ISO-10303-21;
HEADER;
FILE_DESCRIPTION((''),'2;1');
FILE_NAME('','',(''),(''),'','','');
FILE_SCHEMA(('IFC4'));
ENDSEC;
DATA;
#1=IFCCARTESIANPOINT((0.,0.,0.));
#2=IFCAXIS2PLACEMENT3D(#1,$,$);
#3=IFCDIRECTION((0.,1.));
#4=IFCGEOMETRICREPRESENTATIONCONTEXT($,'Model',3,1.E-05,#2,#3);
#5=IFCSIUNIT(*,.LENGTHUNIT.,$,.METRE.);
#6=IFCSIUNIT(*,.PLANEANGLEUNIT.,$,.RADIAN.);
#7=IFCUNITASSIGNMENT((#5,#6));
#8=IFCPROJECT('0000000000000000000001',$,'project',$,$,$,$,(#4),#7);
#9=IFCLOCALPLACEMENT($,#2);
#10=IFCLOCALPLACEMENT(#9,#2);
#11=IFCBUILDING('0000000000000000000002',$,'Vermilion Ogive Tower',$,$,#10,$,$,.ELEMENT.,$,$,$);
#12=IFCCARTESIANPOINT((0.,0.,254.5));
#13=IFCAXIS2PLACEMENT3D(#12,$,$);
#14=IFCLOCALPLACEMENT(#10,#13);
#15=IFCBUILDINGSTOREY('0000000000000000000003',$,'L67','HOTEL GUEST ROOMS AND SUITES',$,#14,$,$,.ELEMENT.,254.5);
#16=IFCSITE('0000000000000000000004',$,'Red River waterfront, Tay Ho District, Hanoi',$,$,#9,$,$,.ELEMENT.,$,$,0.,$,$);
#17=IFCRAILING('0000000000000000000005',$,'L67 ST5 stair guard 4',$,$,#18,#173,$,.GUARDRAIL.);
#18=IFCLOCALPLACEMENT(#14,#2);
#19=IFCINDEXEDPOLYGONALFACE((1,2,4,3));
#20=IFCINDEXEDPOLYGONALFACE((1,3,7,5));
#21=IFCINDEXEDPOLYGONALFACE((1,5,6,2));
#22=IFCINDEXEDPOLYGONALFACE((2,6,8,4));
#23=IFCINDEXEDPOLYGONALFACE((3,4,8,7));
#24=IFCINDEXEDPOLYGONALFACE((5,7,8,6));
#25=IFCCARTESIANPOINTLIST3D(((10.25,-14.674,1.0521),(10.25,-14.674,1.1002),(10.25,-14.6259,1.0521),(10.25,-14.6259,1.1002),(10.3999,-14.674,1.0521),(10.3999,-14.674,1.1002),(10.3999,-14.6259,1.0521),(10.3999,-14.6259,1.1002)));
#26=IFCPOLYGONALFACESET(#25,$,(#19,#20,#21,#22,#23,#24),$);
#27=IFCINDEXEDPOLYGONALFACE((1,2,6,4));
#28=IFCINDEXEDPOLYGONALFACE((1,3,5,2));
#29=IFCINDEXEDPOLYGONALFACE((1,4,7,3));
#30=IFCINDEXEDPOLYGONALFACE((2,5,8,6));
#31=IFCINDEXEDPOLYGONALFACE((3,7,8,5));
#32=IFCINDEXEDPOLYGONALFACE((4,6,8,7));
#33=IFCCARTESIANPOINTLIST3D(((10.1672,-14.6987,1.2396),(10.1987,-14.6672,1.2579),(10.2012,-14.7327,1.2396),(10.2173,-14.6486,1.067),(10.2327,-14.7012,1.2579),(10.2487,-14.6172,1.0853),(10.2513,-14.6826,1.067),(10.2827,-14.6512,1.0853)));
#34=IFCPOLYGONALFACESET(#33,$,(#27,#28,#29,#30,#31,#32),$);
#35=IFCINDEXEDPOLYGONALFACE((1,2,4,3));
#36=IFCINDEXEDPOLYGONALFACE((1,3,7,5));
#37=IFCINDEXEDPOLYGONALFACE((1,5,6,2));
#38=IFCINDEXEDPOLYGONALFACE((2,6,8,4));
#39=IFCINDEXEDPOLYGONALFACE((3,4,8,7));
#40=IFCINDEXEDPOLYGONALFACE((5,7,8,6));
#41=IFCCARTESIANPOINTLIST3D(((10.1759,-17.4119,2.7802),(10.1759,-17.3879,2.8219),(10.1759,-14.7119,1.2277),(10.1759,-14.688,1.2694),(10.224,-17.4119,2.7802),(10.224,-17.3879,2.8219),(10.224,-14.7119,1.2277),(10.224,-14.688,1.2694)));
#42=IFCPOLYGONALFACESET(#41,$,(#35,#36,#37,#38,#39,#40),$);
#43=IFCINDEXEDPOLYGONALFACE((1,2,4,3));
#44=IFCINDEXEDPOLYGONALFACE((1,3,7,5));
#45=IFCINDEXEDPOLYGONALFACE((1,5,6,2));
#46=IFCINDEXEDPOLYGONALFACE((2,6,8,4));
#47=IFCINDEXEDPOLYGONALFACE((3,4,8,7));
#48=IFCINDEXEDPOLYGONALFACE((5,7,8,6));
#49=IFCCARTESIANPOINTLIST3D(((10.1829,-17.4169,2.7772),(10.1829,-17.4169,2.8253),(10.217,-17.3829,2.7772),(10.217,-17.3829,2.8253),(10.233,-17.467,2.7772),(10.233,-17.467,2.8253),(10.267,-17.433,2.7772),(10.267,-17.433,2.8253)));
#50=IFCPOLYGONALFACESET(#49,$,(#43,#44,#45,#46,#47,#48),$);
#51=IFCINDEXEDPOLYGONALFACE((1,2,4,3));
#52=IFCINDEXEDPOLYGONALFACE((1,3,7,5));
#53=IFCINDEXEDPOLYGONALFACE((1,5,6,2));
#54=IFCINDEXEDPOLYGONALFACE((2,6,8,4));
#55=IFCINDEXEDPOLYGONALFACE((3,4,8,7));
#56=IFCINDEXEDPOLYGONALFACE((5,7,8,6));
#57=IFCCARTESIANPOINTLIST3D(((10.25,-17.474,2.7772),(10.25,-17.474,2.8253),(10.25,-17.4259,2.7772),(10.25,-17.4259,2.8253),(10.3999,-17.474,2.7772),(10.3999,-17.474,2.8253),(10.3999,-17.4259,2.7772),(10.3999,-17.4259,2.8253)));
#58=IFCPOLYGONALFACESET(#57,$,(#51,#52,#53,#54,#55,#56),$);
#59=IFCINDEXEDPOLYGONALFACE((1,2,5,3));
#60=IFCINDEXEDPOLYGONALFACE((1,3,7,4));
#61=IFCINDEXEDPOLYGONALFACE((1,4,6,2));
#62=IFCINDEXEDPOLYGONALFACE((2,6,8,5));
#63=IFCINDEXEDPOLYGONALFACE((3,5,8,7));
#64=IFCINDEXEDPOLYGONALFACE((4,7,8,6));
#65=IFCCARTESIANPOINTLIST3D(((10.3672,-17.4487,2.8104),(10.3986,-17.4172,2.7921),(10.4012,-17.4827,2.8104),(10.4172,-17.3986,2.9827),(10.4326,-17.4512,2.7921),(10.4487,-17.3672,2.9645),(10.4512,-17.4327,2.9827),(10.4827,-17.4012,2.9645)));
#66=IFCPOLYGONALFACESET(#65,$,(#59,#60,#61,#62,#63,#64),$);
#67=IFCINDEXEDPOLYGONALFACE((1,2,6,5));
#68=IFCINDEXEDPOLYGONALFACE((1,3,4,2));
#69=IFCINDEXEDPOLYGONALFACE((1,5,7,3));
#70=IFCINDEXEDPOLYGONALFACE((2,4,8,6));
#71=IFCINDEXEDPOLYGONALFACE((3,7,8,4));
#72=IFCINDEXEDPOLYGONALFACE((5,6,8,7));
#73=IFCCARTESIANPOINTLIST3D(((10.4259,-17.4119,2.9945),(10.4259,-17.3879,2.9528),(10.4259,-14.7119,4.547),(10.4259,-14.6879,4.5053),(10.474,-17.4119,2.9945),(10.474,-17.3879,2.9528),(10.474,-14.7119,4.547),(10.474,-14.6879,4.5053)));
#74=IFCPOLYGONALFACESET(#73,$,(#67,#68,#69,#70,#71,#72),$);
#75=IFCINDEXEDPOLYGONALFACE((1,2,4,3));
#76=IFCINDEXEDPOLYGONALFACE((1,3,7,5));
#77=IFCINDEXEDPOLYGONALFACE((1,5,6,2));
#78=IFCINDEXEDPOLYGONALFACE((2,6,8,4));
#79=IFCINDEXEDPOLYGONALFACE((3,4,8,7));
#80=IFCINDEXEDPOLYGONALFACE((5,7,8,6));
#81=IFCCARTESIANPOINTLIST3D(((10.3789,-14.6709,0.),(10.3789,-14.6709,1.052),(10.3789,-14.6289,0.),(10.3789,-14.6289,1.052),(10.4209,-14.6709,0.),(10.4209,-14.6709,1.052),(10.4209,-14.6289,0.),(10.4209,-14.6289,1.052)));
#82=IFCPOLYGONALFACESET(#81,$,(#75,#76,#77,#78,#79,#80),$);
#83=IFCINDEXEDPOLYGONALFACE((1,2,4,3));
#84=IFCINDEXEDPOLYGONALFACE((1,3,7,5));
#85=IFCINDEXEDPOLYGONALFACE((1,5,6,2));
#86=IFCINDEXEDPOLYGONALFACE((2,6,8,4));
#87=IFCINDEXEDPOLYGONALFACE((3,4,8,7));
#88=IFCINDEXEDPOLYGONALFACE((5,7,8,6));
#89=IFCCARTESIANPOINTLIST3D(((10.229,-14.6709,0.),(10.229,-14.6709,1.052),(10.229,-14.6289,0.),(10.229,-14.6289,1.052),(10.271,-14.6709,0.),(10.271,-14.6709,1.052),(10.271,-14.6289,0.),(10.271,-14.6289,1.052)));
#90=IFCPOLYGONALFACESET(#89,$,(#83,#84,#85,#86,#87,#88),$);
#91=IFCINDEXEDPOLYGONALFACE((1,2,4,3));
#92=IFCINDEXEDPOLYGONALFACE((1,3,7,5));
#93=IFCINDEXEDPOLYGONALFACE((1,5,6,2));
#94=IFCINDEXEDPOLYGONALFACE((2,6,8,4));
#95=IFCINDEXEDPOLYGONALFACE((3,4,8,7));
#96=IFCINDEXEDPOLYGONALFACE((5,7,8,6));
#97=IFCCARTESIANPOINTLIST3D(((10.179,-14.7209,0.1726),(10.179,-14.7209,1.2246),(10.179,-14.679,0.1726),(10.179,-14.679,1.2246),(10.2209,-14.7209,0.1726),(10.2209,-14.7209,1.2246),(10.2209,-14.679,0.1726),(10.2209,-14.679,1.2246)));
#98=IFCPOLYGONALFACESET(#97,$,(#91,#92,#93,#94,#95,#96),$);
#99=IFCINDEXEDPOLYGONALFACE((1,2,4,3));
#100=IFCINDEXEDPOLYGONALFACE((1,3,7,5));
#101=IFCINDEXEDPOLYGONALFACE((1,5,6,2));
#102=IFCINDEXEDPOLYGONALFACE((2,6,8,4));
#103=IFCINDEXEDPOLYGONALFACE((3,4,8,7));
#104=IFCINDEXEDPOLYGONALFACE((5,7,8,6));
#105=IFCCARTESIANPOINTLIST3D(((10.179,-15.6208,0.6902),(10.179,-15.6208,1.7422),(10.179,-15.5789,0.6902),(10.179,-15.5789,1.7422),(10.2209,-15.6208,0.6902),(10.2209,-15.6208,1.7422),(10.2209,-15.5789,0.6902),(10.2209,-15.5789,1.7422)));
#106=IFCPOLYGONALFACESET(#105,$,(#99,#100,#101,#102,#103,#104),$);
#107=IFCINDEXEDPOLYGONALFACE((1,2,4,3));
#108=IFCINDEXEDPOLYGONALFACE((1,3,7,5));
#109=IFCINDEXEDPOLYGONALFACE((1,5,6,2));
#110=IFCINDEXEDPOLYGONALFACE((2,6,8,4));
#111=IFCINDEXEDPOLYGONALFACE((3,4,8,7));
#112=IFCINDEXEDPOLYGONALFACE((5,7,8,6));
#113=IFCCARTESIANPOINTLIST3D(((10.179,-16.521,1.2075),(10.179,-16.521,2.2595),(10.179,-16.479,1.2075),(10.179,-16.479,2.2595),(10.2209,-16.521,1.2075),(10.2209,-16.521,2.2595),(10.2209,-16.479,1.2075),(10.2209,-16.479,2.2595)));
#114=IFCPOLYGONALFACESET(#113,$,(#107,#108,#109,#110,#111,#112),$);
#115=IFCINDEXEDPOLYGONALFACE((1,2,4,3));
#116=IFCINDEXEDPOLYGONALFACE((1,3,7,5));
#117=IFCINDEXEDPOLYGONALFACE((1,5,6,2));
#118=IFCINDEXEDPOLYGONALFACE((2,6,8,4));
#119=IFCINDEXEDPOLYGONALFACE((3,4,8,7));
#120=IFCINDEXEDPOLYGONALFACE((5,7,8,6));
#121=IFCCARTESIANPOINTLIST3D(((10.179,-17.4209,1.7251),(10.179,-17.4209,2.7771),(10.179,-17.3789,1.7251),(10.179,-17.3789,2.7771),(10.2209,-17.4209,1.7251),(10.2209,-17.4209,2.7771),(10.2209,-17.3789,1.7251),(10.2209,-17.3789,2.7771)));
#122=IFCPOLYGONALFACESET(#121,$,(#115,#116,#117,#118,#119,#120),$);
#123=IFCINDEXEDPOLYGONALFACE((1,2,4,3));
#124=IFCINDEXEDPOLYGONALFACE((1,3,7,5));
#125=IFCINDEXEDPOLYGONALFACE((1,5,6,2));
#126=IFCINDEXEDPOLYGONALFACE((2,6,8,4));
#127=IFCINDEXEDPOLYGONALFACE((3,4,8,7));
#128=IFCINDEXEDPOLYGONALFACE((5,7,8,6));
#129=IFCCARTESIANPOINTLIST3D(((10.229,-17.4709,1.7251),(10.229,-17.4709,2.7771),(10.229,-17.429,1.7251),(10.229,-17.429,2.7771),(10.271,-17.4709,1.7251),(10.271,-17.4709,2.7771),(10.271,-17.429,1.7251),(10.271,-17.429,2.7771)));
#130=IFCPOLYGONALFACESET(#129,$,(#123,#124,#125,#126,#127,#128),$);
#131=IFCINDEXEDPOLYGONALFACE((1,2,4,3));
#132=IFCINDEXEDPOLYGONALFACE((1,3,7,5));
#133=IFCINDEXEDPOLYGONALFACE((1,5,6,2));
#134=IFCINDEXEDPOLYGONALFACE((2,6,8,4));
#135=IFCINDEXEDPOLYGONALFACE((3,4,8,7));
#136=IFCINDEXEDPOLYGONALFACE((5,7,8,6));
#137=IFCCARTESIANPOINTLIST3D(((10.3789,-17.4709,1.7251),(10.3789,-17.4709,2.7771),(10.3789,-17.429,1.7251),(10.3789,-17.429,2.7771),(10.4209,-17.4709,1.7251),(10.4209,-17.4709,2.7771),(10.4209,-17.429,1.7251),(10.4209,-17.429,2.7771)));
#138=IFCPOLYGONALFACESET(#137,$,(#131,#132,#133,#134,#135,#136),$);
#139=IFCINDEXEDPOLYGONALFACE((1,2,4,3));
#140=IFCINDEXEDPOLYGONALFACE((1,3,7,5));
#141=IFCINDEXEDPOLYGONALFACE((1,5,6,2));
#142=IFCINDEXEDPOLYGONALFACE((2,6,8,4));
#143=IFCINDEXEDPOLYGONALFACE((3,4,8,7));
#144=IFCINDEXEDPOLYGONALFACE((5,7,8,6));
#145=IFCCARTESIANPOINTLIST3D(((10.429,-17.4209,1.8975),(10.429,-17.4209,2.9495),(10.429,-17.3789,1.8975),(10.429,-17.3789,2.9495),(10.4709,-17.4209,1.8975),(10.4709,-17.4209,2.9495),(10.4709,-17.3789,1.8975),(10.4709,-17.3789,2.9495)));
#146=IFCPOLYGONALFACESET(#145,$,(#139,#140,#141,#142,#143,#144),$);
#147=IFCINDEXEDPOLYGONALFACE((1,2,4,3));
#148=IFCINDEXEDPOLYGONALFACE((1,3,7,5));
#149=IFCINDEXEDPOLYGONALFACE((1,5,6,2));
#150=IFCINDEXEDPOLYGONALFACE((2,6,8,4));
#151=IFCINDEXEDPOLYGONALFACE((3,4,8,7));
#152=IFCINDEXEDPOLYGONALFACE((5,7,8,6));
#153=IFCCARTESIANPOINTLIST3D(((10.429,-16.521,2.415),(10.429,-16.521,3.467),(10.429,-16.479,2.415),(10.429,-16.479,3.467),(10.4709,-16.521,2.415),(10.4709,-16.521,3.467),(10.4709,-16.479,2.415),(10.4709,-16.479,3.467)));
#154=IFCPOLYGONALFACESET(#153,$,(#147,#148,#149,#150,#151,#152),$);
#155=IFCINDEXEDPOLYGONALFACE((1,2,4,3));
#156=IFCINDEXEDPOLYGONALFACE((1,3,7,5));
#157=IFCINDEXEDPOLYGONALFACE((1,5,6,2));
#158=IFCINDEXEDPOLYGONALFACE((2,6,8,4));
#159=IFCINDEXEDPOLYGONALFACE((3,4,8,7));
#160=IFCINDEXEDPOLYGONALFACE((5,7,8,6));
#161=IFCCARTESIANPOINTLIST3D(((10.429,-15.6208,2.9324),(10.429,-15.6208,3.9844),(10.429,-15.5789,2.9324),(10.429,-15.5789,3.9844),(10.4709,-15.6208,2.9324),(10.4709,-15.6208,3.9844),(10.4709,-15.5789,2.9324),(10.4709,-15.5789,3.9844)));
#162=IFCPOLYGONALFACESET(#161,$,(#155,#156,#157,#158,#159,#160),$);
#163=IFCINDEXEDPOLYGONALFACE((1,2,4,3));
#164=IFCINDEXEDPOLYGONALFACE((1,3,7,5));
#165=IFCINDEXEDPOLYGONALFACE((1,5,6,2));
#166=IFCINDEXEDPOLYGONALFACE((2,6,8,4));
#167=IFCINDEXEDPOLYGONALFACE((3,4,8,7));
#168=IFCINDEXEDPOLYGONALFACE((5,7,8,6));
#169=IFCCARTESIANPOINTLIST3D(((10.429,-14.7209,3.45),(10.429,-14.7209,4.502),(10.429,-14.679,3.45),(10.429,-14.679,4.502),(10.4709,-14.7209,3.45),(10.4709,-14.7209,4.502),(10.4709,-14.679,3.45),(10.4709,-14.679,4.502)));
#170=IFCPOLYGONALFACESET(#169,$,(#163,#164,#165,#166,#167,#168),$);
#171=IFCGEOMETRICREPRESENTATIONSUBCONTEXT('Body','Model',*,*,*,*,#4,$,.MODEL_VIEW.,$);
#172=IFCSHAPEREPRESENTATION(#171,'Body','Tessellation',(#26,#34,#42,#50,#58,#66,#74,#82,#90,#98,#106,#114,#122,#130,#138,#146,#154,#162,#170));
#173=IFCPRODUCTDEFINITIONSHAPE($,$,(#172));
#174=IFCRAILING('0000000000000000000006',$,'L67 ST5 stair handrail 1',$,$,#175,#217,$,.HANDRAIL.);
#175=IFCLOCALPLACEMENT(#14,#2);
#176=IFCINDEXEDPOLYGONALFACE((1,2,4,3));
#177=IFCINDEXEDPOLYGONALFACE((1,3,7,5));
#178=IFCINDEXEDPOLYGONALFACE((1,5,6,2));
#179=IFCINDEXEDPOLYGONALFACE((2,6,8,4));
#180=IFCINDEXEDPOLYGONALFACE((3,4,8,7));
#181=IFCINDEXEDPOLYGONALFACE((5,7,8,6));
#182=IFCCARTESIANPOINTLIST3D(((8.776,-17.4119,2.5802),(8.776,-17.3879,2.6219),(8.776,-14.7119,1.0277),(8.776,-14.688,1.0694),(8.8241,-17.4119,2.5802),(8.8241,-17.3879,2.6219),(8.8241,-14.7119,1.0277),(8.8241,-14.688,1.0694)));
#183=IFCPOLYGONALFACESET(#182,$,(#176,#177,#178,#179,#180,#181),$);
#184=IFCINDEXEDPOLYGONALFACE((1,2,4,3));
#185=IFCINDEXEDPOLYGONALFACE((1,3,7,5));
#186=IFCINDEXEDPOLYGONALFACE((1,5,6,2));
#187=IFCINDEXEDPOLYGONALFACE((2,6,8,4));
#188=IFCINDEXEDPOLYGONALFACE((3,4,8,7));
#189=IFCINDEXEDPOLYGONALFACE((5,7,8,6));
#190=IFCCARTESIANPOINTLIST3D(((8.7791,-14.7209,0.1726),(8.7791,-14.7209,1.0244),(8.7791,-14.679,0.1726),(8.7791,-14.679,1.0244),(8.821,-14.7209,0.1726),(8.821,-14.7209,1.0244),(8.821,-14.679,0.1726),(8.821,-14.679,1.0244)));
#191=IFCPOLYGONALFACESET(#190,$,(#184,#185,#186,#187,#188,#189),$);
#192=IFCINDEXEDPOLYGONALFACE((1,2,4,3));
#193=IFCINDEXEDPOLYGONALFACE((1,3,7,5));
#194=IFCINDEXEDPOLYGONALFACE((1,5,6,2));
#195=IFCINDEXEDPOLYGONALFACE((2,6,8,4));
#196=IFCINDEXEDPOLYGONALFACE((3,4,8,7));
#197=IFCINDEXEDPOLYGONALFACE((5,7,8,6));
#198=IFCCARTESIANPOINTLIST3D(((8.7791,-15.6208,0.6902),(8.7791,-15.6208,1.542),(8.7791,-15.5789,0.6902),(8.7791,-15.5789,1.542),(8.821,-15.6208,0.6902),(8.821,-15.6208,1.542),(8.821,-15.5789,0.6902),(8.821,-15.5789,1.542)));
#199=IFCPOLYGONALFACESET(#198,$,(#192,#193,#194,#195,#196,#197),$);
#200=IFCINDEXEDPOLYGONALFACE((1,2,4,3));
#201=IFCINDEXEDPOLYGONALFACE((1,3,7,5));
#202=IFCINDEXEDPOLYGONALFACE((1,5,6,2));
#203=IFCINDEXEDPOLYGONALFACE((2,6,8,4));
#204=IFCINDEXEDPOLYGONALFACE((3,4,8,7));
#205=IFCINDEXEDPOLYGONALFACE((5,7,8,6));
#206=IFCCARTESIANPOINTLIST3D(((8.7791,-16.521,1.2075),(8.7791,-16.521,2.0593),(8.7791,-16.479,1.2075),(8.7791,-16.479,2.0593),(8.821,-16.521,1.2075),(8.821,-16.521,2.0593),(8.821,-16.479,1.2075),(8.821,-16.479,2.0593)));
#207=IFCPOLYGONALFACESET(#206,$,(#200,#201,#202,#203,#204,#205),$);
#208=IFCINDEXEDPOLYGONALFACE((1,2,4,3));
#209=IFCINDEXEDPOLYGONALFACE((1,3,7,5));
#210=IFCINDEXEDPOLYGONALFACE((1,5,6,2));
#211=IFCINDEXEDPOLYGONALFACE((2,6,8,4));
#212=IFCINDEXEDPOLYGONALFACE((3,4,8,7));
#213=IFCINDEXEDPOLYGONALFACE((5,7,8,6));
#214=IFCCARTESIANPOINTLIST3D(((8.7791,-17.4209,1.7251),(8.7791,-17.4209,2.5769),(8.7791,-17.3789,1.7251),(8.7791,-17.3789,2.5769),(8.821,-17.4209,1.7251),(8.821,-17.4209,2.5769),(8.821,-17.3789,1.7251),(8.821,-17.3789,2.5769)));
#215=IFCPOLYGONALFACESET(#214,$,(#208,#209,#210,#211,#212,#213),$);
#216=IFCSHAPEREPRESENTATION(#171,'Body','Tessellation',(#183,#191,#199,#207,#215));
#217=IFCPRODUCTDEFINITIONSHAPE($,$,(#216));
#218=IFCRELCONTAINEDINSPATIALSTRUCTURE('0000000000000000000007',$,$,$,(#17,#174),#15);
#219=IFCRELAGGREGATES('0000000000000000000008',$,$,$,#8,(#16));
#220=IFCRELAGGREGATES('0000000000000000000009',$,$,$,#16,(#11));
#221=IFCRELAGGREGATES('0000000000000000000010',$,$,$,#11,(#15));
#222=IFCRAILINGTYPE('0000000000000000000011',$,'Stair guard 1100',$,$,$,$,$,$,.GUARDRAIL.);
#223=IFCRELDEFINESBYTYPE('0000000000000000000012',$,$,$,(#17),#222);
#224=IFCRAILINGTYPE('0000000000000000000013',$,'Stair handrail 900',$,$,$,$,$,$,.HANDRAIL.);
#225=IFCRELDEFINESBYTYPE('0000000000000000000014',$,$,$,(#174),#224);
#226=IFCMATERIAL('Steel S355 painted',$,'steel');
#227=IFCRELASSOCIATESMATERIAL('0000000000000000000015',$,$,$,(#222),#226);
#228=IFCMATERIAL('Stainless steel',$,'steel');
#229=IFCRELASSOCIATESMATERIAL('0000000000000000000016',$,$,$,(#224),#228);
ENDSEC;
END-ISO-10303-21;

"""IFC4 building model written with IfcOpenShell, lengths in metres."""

from ifc_helpers import new_model, si_unit, direction, frame, origin, origin_2d, place, context, subcontext, project, spatial, rectangle, extrude, material, type_object, element, save


model = new_model("IFC4")

# Units and contexts
model_context = context("Model", 3, precision=1e-05, world=origin(), true_north=direction((0.0, 1.0)))
body_context = subcontext(model_context, "Body", "Model", "MODEL_VIEW")
ifc_project = project(units=[si_unit("LENGTHUNIT", "METRE"), si_unit("PLANEANGLEUNIT", "RADIAN")], contexts=[model_context])

# Site, building, storey
site_placement = place(None, origin())
site = spatial("IfcSite", under=ifc_project, at=site_placement, Name="Red River waterfront, Tay Ho District, Hanoi", CompositionType="ELEMENT", RefElevation=0.0)
building_placement = place(site_placement, origin())
building = spatial("IfcBuilding", under=site, at=building_placement, Name="Vermilion Ogive Tower", CompositionType="ELEMENT")
storey_placement = place(building_placement, frame((0.0, 0.0, 254.5)))
storey = spatial("IfcBuildingStorey", under=building, at=storey_placement, Name="L67", Description="HOTEL GUEST ROOMS AND SUITES", CompositionType="ELEMENT", Elevation=254.5)

# Railings
ifc_material_1 = material(Name="Steel S355 painted", Category="steel")
railing_type_1 = type_object("IfcRailingType", Name="Stair guard 1100", PredefinedType="GUARDRAIL", material=ifc_material_1)
railing_1_placement = place(storey_placement, frame((10.3999, -14.6499, 0.0)))
element("IfcRailing", 1, at=railing_1_placement, inside=storey, type_object=railing_type_1, Name="L67 ST5 stair guard 4", PredefinedType="GUARDRAIL", context=body_context, shape_type="SweptSolid", body=[
    extrude(rectangle(XDim=0.0481, YDim=0.0481, at=origin_2d()), frame((0.0, 0.0, 1.0762), z_axis=(-1.0, 0.0, 0.0), x_axis=(0.0, -1.0, 0.0)), (0.0, 0.0, 1.0), 0.1499),
    extrude(rectangle(XDim=0.0481, YDim=0.0481, at=origin_2d()), frame((-0.1499, 0.0, 1.0762), z_axis=(-0.268278, -0.268278, 0.925232), x_axis=(0.707107, -0.707107, 0.0)), (0.0, 0.0, 1.0), 0.1865),
    extrude(rectangle(XDim=0.0481, YDim=0.0481, at=origin_2d()), frame((-0.2, -0.05, 1.2485), z_axis=(0.0, -0.866904, 0.498476), x_axis=(1.0, 0.0, 0.0)), (0.0, 0.0, 1.0), 3.1145),
    extrude(rectangle(XDim=0.0481, YDim=0.0481, at=origin_2d()), frame((-0.2, -2.75, 2.8013), z_axis=(0.707107, -0.707107, 0.0), x_axis=(0.707107, 0.707107, 0.0)), (0.0, 0.0, 1.0), 0.0708),
    extrude(rectangle(XDim=0.0481, YDim=0.0481, at=origin_2d()), frame((-0.1499, -2.8, 2.8013), z_axis=(1.0, 0.0, 0.0), x_axis=(0.0, 1.0, 0.0)), (0.0, 0.0, 1.0), 0.1499),
    extrude(rectangle(XDim=0.0481, YDim=0.0481, at=origin_2d()), frame((0.0, -2.8, 2.8013), z_axis=(0.268603, 0.268603, 0.925043), x_axis=(-0.707107, 0.707107, 0.0)), (0.0, 0.0, 1.0), 0.1863),
    extrude(rectangle(XDim=0.0481, YDim=0.0481, at=origin_2d()), frame((0.05, -2.75, 2.9736), z_axis=(0.0, 0.866904, 0.498476), x_axis=(-1.0, 0.0, 0.0)), (0.0, 0.0, 1.0), 3.1145),
    extrude(rectangle(XDim=0.042, YDim=0.042, at=origin_2d()), origin(), (0.0, 0.0, 1.0), 1.052),
    extrude(rectangle(XDim=0.042, YDim=0.042, at=origin_2d()), frame((-0.1499, 0.0, 0.0)), (0.0, 0.0, 1.0), 1.052),
    extrude(rectangle(XDim=0.042, YDim=0.042, at=origin_2d()), frame((-0.2, -0.05, 0.1726)), (0.0, 0.0, 1.0), 1.052),
    extrude(rectangle(XDim=0.042, YDim=0.042, at=origin_2d()), frame((-0.2, -0.95, 0.6902)), (0.0, 0.0, 1.0), 1.052),
    extrude(rectangle(XDim=0.042, YDim=0.042, at=origin_2d()), frame((-0.2, -1.8501, 1.2075)), (0.0, 0.0, 1.0), 1.052),
    extrude(rectangle(XDim=0.042, YDim=0.042, at=origin_2d()), frame((-0.2, -2.75, 1.7251)), (0.0, 0.0, 1.0), 1.052),
    extrude(rectangle(XDim=0.042, YDim=0.042, at=origin_2d()), frame((-0.1499, -2.8, 1.7251)), (0.0, 0.0, 1.0), 1.052),
    extrude(rectangle(XDim=0.042, YDim=0.042, at=origin_2d()), frame((0.0, -2.8, 1.7251)), (0.0, 0.0, 1.0), 1.052),
    extrude(rectangle(XDim=0.042, YDim=0.042, at=origin_2d()), frame((0.05, -2.75, 1.8975)), (0.0, 0.0, 1.0), 1.052),
    extrude(rectangle(XDim=0.042, YDim=0.042, at=origin_2d()), frame((0.05, -1.8501, 2.415)), (0.0, 0.0, 1.0), 1.052),
    extrude(rectangle(XDim=0.042, YDim=0.042, at=origin_2d()), frame((0.05, -0.95, 2.9324)), (0.0, 0.0, 1.0), 1.052),
    extrude(rectangle(XDim=0.042, YDim=0.042, at=origin_2d()), frame((0.05, -0.05, 3.45)), (0.0, 0.0, 1.0), 1.052),
])
ifc_material_2 = material(Name="Stainless steel", Category="steel")
railing_type_2 = type_object("IfcRailingType", Name="Stair handrail 900", PredefinedType="HANDRAIL", material=ifc_material_2)
railing_2_placement = place(storey_placement, frame((8.8, -14.7, 0.1726)))
element("IfcRailing", 2, at=railing_2_placement, inside=storey, type_object=railing_type_2, Name="L67 ST5 stair handrail 1", PredefinedType="HANDRAIL", context=body_context, shape_type="SweptSolid", body=[
    extrude(rectangle(XDim=0.0481, YDim=0.0481, at=origin_2d()), frame((0.0, 0.0, 0.876), z_axis=(0.0, -0.866904, 0.498476), x_axis=(1.0, 0.0, 0.0)), (0.0, 0.0, 1.0), 3.1145),
    extrude(rectangle(XDim=0.042, YDim=0.042, at=origin_2d()), origin(), (0.0, 0.0, 1.0), 0.8518),
    extrude(rectangle(XDim=0.042, YDim=0.042, at=origin_2d()), frame((0.0, -0.8999, 0.5176)), (0.0, 0.0, 1.0), 0.8518),
    extrude(rectangle(XDim=0.042, YDim=0.042, at=origin_2d()), frame((0.0, -1.8, 1.0349)), (0.0, 0.0, 1.0), 0.8518),
    extrude(rectangle(XDim=0.042, YDim=0.042, at=origin_2d()), frame((0.0, -2.7, 1.5525)), (0.0, 0.0, 1.0), 0.8518),
])

save(model, "model.ifc")
